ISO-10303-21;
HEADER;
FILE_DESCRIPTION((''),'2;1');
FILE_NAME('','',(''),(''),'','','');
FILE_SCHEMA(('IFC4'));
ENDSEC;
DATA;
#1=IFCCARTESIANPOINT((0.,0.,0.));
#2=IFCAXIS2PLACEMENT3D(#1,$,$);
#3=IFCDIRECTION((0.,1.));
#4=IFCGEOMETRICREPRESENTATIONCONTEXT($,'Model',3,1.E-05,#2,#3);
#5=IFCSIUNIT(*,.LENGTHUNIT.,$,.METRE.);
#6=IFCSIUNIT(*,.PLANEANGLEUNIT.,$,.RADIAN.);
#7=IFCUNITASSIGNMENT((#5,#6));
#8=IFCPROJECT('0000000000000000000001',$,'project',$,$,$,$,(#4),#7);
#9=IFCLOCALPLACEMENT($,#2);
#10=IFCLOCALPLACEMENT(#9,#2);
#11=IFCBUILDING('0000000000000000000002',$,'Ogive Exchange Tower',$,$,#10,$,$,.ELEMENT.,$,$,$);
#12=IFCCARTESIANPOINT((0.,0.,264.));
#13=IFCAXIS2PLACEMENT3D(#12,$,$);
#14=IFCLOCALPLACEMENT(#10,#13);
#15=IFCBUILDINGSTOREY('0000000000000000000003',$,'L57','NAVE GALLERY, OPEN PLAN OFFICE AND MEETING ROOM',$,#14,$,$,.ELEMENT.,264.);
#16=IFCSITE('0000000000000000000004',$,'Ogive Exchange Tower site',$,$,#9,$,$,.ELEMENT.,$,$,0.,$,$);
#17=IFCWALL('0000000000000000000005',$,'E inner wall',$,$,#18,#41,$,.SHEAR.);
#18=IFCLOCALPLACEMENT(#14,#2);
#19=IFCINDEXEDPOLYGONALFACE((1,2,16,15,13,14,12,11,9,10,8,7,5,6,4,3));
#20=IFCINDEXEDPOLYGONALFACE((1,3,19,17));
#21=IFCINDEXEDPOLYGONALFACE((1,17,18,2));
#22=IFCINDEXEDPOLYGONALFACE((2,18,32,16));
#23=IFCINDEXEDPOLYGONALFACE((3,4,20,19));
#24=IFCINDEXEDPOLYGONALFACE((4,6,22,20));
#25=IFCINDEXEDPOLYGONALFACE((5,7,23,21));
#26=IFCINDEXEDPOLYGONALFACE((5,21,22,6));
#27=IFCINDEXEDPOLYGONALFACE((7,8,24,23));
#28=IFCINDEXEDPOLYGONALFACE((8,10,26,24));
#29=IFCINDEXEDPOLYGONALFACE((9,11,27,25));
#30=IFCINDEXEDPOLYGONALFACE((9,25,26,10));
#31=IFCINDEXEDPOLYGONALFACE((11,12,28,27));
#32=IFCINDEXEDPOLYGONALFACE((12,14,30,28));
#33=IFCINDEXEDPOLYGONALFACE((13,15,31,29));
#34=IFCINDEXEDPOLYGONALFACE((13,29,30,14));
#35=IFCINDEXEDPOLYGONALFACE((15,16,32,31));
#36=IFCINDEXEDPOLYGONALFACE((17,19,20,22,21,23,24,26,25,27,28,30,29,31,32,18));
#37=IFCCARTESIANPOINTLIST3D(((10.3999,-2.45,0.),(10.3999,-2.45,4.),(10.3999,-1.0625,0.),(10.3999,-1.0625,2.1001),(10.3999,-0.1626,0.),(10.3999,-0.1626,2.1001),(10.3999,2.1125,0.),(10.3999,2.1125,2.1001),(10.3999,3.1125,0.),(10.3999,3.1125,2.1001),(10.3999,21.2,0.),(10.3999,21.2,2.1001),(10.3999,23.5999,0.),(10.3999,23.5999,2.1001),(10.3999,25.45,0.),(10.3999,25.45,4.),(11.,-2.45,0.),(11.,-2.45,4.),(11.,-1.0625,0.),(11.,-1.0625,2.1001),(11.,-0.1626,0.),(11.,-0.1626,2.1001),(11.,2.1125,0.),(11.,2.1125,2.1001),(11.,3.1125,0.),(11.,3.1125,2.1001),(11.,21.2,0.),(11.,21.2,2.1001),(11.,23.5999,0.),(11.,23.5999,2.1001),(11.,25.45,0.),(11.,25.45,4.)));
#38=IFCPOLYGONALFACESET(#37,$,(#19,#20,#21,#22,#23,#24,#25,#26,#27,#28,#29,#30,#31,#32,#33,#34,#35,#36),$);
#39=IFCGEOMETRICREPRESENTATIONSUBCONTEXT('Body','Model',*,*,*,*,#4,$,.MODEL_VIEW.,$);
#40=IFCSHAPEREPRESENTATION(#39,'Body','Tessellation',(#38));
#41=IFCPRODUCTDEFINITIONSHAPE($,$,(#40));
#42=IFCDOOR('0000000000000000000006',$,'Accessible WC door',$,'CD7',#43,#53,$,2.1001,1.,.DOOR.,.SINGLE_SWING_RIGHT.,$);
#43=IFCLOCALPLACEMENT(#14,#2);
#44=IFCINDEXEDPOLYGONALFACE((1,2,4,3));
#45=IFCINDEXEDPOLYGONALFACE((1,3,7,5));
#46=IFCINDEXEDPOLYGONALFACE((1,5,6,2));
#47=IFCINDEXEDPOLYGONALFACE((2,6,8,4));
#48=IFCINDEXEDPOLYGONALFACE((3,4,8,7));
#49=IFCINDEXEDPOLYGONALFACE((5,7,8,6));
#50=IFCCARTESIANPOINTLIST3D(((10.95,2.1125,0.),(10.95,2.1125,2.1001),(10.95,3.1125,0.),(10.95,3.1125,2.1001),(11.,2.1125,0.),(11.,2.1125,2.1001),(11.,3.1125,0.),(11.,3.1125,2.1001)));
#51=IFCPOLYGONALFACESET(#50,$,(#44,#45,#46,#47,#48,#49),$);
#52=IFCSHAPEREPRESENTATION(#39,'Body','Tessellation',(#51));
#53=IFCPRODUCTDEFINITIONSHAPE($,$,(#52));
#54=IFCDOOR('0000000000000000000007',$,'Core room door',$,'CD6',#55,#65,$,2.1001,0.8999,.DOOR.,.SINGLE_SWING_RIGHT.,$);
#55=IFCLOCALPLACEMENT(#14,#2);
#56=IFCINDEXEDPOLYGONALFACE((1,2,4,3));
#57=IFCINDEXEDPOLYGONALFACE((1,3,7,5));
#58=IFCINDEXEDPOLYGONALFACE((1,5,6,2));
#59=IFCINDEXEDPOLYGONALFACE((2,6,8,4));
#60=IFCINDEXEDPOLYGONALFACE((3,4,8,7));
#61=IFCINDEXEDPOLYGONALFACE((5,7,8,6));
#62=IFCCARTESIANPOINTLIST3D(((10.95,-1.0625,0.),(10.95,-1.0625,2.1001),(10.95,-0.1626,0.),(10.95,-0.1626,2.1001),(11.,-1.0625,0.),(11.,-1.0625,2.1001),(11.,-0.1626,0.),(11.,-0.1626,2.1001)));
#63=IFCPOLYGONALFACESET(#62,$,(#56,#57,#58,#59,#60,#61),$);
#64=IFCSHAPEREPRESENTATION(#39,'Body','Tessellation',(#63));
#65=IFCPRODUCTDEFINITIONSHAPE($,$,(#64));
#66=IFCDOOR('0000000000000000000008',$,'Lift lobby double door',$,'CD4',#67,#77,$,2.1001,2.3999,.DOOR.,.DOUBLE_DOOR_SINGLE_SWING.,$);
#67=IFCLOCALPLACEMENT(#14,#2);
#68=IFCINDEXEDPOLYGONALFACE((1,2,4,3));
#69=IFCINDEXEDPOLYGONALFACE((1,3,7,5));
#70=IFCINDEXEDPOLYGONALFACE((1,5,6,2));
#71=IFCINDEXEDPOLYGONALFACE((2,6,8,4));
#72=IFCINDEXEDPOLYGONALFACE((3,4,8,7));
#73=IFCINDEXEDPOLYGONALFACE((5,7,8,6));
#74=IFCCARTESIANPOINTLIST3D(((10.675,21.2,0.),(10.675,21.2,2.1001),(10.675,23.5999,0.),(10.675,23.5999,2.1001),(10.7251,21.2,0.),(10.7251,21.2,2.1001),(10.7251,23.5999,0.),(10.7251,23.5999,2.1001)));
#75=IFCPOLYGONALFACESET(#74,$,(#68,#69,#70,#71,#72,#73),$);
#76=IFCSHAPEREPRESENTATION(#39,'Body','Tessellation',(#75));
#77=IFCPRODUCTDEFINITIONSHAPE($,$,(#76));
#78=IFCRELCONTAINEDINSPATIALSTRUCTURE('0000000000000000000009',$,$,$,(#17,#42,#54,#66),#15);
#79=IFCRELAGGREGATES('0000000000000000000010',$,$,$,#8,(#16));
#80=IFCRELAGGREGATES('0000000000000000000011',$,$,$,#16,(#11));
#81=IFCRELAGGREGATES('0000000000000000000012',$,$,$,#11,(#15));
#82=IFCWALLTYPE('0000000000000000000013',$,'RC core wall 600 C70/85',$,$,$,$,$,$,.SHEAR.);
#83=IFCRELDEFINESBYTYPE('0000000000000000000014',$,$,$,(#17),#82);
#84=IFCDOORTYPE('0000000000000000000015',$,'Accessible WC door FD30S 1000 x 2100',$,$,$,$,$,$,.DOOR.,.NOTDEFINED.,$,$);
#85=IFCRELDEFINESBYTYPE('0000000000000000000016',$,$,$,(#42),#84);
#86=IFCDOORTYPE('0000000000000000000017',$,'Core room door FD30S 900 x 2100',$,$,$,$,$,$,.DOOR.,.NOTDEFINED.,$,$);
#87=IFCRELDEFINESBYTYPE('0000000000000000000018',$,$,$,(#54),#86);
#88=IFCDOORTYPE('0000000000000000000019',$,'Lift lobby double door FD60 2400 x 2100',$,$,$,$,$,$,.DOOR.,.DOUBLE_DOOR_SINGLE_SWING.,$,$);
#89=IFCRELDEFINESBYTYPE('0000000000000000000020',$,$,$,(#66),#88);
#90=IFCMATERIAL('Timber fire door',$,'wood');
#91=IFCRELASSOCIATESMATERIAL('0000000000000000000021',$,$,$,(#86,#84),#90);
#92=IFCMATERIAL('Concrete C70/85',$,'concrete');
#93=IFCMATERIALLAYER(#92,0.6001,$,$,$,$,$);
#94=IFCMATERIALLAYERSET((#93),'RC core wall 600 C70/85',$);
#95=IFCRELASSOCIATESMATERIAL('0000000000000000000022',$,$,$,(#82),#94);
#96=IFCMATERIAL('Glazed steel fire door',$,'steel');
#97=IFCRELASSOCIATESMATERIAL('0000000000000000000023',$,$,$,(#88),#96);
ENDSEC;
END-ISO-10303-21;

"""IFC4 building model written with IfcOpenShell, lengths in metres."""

from ifc_helpers import new_model, si_unit, direction, frame, frame_2d, origin, place, context, subcontext, project, spatial, rectangle, extrude, material, layer, layer_set, type_object, element, fill, save


model = new_model("IFC4")

# Units and contexts
model_context = context("Model", 3, precision=1e-05, world=origin(), true_north=direction((0.0, 1.0)))
body_context = subcontext(model_context, "Body", "Model", "MODEL_VIEW")
ifc_project = project(units=[si_unit("LENGTHUNIT", "METRE"), si_unit("PLANEANGLEUNIT", "RADIAN")], contexts=[model_context])

# Site, building, storey
site_placement = place(None, origin())
site = spatial("IfcSite", under=ifc_project, at=site_placement, Name="Ogive Exchange Tower site", CompositionType="ELEMENT", RefElevation=0.0)
building_placement = place(site_placement, origin())
building = spatial("IfcBuilding", under=site, at=building_placement, Name="Ogive Exchange Tower", CompositionType="ELEMENT")
storey_placement = place(building_placement, frame((0.0, 0.0, 264.0)))
storey = spatial("IfcBuildingStorey", under=building, at=storey_placement, Name="L57", Description="NAVE GALLERY, OPEN PLAN OFFICE AND MEETING ROOM", CompositionType="ELEMENT", Elevation=264.0)

# Shared definitions
ifc_material_1 = material(Name="Concrete C70/85", Category="concrete")
ifc_material_2 = material(Name="Timber fire door", Category="wood")
door_type_1 = type_object("IfcDoorType", Name="Core room door FD30S 900 x 2100", OperationType="NOTDEFINED", PredefinedType="DOOR", material=ifc_material_2)

# Wall, openings, doors
ifc_layer_1 = layer(ifc_material_1, 0.6001)
ifc_layer_set_1 = layer_set([ifc_layer_1], Name="RC core wall 600 C70/85")
wall_type_1 = type_object("IfcWallType", Name="RC core wall 600 C70/85", PredefinedType="SHEAR", material=ifc_layer_set_1)
wall_1_placement = place(storey_placement, frame((10.7, -2.45, 0.0), z_axis=(0.0, 0.0, 1.0), x_axis=(0.0, 1.0, 0.0)))
wall_1 = element("IfcWall", 1, at=wall_1_placement, inside=storey, type_object=wall_type_1, Name="E inner wall", PredefinedType="SHEAR", context=body_context, shape_type="SweptSolid", body=[
    extrude(rectangle(XDim=27.8999, YDim=0.6001, at=frame_2d((13.95, 0.0))), origin(), (0.0, 0.0, 1.0), 4.0),
])
opening_1_placement = place(wall_1_placement, frame((23.6499, 0.0, 0.0)))
opening_1 = element("IfcOpeningElement", 2, at=opening_1_placement, cuts=wall_1, PredefinedType="OPENING", context=body_context, shape_type="SweptSolid", body=[
    extrude(rectangle(XDim=2.3999, YDim=2.1001, at=frame_2d((1.2, 1.05))), frame((0.0, 0.3101, 0.0), z_axis=(0.0, -1.0, 0.0), x_axis=(1.0, 0.0, 0.0)), (0.0, 0.0, 1.0), 0.6201),
])
opening_2_placement = place(wall_1_placement, frame((1.3875, 0.0, 0.0)))
opening_2 = element("IfcOpeningElement", 3, at=opening_2_placement, cuts=wall_1, PredefinedType="OPENING", context=body_context, shape_type="SweptSolid", body=[
    extrude(rectangle(XDim=0.8999, YDim=2.1001, at=frame_2d((0.45, 1.05))), frame((0.0, 0.3101, 0.0), z_axis=(0.0, -1.0, 0.0), x_axis=(1.0, 0.0, 0.0)), (0.0, 0.0, 1.0), 0.6201),
])
opening_3_placement = place(wall_1_placement, frame((4.5625, 0.0, 0.0)))
opening_3 = element("IfcOpeningElement", 4, at=opening_3_placement, cuts=wall_1, PredefinedType="OPENING", context=body_context, shape_type="SweptSolid", body=[
    extrude(rectangle(XDim=1.0, YDim=2.1001, at=frame_2d((0.5, 1.05))), frame((0.0, 0.3101, 0.0), z_axis=(0.0, -1.0, 0.0), x_axis=(1.0, 0.0, 0.0)), (0.0, 0.0, 1.0), 0.6201),
])
door_type_2 = type_object("IfcDoorType", Name="Accessible WC door FD30S 1000 x 2100", OperationType="NOTDEFINED", PredefinedType="DOOR", material=ifc_material_2)
door_1_placement = place(opening_3_placement, origin())
door_1 = element("IfcDoor", 5, at=door_1_placement, inside=storey, type_object=door_type_2, Name="Accessible WC door", ObjectType="CD7", OperationType="SINGLE_SWING_RIGHT", OverallHeight=2.1001, OverallWidth=1.0, PredefinedType="DOOR", context=body_context, shape_type="SweptSolid", body=[
    extrude(rectangle(XDim=1.0, YDim=2.1001, at=frame_2d((0.5, 1.05))), frame((0.0, -0.25, 0.0), z_axis=(0.0, -1.0, 0.0), x_axis=(1.0, 0.0, 0.0)), (0.0, 0.0, 1.0), 0.05),
])
fill(opening_3, door_1)
door_2_placement = place(opening_2_placement, origin())
door_2 = element("IfcDoor", 6, at=door_2_placement, inside=storey, type_object=door_type_1, Name="Core room door", ObjectType="CD6", OperationType="SINGLE_SWING_RIGHT", OverallHeight=2.1001, OverallWidth=0.8999, PredefinedType="DOOR", context=body_context, shape_type="SweptSolid", body=[
    extrude(rectangle(XDim=0.8999, YDim=2.1001, at=frame_2d((0.45, 1.05))), frame((0.0, -0.25, 0.0), z_axis=(0.0, -1.0, 0.0), x_axis=(1.0, 0.0, 0.0)), (0.0, 0.0, 1.0), 0.05),
])
fill(opening_2, door_2)
ifc_material_3 = material(Name="Glazed steel fire door", Category="steel")
door_type_3 = type_object("IfcDoorType", Name="Lift lobby double door FD60 2400 x 2100", OperationType="DOUBLE_DOOR_SINGLE_SWING", PredefinedType="DOOR", material=ifc_material_3)
door_3_placement = place(opening_1_placement, origin())
door_3 = element("IfcDoor", 7, at=door_3_placement, inside=storey, type_object=door_type_3, Name="Lift lobby double door", ObjectType="CD4", OperationType="DOUBLE_DOOR_SINGLE_SWING", OverallHeight=2.1001, OverallWidth=2.3999, PredefinedType="DOOR", context=body_context, shape_type="SweptSolid", body=[
    extrude(rectangle(XDim=2.3999, YDim=2.1001, at=frame_2d((1.2, 1.05))), frame((0.0, 0.0249, 0.0), z_axis=(0.0, -1.0, 0.0), x_axis=(1.0, 0.0, 0.0)), (0.0, 0.0, 1.0), 0.05),
])
fill(opening_1, door_3)

save(model, "model.ifc")
